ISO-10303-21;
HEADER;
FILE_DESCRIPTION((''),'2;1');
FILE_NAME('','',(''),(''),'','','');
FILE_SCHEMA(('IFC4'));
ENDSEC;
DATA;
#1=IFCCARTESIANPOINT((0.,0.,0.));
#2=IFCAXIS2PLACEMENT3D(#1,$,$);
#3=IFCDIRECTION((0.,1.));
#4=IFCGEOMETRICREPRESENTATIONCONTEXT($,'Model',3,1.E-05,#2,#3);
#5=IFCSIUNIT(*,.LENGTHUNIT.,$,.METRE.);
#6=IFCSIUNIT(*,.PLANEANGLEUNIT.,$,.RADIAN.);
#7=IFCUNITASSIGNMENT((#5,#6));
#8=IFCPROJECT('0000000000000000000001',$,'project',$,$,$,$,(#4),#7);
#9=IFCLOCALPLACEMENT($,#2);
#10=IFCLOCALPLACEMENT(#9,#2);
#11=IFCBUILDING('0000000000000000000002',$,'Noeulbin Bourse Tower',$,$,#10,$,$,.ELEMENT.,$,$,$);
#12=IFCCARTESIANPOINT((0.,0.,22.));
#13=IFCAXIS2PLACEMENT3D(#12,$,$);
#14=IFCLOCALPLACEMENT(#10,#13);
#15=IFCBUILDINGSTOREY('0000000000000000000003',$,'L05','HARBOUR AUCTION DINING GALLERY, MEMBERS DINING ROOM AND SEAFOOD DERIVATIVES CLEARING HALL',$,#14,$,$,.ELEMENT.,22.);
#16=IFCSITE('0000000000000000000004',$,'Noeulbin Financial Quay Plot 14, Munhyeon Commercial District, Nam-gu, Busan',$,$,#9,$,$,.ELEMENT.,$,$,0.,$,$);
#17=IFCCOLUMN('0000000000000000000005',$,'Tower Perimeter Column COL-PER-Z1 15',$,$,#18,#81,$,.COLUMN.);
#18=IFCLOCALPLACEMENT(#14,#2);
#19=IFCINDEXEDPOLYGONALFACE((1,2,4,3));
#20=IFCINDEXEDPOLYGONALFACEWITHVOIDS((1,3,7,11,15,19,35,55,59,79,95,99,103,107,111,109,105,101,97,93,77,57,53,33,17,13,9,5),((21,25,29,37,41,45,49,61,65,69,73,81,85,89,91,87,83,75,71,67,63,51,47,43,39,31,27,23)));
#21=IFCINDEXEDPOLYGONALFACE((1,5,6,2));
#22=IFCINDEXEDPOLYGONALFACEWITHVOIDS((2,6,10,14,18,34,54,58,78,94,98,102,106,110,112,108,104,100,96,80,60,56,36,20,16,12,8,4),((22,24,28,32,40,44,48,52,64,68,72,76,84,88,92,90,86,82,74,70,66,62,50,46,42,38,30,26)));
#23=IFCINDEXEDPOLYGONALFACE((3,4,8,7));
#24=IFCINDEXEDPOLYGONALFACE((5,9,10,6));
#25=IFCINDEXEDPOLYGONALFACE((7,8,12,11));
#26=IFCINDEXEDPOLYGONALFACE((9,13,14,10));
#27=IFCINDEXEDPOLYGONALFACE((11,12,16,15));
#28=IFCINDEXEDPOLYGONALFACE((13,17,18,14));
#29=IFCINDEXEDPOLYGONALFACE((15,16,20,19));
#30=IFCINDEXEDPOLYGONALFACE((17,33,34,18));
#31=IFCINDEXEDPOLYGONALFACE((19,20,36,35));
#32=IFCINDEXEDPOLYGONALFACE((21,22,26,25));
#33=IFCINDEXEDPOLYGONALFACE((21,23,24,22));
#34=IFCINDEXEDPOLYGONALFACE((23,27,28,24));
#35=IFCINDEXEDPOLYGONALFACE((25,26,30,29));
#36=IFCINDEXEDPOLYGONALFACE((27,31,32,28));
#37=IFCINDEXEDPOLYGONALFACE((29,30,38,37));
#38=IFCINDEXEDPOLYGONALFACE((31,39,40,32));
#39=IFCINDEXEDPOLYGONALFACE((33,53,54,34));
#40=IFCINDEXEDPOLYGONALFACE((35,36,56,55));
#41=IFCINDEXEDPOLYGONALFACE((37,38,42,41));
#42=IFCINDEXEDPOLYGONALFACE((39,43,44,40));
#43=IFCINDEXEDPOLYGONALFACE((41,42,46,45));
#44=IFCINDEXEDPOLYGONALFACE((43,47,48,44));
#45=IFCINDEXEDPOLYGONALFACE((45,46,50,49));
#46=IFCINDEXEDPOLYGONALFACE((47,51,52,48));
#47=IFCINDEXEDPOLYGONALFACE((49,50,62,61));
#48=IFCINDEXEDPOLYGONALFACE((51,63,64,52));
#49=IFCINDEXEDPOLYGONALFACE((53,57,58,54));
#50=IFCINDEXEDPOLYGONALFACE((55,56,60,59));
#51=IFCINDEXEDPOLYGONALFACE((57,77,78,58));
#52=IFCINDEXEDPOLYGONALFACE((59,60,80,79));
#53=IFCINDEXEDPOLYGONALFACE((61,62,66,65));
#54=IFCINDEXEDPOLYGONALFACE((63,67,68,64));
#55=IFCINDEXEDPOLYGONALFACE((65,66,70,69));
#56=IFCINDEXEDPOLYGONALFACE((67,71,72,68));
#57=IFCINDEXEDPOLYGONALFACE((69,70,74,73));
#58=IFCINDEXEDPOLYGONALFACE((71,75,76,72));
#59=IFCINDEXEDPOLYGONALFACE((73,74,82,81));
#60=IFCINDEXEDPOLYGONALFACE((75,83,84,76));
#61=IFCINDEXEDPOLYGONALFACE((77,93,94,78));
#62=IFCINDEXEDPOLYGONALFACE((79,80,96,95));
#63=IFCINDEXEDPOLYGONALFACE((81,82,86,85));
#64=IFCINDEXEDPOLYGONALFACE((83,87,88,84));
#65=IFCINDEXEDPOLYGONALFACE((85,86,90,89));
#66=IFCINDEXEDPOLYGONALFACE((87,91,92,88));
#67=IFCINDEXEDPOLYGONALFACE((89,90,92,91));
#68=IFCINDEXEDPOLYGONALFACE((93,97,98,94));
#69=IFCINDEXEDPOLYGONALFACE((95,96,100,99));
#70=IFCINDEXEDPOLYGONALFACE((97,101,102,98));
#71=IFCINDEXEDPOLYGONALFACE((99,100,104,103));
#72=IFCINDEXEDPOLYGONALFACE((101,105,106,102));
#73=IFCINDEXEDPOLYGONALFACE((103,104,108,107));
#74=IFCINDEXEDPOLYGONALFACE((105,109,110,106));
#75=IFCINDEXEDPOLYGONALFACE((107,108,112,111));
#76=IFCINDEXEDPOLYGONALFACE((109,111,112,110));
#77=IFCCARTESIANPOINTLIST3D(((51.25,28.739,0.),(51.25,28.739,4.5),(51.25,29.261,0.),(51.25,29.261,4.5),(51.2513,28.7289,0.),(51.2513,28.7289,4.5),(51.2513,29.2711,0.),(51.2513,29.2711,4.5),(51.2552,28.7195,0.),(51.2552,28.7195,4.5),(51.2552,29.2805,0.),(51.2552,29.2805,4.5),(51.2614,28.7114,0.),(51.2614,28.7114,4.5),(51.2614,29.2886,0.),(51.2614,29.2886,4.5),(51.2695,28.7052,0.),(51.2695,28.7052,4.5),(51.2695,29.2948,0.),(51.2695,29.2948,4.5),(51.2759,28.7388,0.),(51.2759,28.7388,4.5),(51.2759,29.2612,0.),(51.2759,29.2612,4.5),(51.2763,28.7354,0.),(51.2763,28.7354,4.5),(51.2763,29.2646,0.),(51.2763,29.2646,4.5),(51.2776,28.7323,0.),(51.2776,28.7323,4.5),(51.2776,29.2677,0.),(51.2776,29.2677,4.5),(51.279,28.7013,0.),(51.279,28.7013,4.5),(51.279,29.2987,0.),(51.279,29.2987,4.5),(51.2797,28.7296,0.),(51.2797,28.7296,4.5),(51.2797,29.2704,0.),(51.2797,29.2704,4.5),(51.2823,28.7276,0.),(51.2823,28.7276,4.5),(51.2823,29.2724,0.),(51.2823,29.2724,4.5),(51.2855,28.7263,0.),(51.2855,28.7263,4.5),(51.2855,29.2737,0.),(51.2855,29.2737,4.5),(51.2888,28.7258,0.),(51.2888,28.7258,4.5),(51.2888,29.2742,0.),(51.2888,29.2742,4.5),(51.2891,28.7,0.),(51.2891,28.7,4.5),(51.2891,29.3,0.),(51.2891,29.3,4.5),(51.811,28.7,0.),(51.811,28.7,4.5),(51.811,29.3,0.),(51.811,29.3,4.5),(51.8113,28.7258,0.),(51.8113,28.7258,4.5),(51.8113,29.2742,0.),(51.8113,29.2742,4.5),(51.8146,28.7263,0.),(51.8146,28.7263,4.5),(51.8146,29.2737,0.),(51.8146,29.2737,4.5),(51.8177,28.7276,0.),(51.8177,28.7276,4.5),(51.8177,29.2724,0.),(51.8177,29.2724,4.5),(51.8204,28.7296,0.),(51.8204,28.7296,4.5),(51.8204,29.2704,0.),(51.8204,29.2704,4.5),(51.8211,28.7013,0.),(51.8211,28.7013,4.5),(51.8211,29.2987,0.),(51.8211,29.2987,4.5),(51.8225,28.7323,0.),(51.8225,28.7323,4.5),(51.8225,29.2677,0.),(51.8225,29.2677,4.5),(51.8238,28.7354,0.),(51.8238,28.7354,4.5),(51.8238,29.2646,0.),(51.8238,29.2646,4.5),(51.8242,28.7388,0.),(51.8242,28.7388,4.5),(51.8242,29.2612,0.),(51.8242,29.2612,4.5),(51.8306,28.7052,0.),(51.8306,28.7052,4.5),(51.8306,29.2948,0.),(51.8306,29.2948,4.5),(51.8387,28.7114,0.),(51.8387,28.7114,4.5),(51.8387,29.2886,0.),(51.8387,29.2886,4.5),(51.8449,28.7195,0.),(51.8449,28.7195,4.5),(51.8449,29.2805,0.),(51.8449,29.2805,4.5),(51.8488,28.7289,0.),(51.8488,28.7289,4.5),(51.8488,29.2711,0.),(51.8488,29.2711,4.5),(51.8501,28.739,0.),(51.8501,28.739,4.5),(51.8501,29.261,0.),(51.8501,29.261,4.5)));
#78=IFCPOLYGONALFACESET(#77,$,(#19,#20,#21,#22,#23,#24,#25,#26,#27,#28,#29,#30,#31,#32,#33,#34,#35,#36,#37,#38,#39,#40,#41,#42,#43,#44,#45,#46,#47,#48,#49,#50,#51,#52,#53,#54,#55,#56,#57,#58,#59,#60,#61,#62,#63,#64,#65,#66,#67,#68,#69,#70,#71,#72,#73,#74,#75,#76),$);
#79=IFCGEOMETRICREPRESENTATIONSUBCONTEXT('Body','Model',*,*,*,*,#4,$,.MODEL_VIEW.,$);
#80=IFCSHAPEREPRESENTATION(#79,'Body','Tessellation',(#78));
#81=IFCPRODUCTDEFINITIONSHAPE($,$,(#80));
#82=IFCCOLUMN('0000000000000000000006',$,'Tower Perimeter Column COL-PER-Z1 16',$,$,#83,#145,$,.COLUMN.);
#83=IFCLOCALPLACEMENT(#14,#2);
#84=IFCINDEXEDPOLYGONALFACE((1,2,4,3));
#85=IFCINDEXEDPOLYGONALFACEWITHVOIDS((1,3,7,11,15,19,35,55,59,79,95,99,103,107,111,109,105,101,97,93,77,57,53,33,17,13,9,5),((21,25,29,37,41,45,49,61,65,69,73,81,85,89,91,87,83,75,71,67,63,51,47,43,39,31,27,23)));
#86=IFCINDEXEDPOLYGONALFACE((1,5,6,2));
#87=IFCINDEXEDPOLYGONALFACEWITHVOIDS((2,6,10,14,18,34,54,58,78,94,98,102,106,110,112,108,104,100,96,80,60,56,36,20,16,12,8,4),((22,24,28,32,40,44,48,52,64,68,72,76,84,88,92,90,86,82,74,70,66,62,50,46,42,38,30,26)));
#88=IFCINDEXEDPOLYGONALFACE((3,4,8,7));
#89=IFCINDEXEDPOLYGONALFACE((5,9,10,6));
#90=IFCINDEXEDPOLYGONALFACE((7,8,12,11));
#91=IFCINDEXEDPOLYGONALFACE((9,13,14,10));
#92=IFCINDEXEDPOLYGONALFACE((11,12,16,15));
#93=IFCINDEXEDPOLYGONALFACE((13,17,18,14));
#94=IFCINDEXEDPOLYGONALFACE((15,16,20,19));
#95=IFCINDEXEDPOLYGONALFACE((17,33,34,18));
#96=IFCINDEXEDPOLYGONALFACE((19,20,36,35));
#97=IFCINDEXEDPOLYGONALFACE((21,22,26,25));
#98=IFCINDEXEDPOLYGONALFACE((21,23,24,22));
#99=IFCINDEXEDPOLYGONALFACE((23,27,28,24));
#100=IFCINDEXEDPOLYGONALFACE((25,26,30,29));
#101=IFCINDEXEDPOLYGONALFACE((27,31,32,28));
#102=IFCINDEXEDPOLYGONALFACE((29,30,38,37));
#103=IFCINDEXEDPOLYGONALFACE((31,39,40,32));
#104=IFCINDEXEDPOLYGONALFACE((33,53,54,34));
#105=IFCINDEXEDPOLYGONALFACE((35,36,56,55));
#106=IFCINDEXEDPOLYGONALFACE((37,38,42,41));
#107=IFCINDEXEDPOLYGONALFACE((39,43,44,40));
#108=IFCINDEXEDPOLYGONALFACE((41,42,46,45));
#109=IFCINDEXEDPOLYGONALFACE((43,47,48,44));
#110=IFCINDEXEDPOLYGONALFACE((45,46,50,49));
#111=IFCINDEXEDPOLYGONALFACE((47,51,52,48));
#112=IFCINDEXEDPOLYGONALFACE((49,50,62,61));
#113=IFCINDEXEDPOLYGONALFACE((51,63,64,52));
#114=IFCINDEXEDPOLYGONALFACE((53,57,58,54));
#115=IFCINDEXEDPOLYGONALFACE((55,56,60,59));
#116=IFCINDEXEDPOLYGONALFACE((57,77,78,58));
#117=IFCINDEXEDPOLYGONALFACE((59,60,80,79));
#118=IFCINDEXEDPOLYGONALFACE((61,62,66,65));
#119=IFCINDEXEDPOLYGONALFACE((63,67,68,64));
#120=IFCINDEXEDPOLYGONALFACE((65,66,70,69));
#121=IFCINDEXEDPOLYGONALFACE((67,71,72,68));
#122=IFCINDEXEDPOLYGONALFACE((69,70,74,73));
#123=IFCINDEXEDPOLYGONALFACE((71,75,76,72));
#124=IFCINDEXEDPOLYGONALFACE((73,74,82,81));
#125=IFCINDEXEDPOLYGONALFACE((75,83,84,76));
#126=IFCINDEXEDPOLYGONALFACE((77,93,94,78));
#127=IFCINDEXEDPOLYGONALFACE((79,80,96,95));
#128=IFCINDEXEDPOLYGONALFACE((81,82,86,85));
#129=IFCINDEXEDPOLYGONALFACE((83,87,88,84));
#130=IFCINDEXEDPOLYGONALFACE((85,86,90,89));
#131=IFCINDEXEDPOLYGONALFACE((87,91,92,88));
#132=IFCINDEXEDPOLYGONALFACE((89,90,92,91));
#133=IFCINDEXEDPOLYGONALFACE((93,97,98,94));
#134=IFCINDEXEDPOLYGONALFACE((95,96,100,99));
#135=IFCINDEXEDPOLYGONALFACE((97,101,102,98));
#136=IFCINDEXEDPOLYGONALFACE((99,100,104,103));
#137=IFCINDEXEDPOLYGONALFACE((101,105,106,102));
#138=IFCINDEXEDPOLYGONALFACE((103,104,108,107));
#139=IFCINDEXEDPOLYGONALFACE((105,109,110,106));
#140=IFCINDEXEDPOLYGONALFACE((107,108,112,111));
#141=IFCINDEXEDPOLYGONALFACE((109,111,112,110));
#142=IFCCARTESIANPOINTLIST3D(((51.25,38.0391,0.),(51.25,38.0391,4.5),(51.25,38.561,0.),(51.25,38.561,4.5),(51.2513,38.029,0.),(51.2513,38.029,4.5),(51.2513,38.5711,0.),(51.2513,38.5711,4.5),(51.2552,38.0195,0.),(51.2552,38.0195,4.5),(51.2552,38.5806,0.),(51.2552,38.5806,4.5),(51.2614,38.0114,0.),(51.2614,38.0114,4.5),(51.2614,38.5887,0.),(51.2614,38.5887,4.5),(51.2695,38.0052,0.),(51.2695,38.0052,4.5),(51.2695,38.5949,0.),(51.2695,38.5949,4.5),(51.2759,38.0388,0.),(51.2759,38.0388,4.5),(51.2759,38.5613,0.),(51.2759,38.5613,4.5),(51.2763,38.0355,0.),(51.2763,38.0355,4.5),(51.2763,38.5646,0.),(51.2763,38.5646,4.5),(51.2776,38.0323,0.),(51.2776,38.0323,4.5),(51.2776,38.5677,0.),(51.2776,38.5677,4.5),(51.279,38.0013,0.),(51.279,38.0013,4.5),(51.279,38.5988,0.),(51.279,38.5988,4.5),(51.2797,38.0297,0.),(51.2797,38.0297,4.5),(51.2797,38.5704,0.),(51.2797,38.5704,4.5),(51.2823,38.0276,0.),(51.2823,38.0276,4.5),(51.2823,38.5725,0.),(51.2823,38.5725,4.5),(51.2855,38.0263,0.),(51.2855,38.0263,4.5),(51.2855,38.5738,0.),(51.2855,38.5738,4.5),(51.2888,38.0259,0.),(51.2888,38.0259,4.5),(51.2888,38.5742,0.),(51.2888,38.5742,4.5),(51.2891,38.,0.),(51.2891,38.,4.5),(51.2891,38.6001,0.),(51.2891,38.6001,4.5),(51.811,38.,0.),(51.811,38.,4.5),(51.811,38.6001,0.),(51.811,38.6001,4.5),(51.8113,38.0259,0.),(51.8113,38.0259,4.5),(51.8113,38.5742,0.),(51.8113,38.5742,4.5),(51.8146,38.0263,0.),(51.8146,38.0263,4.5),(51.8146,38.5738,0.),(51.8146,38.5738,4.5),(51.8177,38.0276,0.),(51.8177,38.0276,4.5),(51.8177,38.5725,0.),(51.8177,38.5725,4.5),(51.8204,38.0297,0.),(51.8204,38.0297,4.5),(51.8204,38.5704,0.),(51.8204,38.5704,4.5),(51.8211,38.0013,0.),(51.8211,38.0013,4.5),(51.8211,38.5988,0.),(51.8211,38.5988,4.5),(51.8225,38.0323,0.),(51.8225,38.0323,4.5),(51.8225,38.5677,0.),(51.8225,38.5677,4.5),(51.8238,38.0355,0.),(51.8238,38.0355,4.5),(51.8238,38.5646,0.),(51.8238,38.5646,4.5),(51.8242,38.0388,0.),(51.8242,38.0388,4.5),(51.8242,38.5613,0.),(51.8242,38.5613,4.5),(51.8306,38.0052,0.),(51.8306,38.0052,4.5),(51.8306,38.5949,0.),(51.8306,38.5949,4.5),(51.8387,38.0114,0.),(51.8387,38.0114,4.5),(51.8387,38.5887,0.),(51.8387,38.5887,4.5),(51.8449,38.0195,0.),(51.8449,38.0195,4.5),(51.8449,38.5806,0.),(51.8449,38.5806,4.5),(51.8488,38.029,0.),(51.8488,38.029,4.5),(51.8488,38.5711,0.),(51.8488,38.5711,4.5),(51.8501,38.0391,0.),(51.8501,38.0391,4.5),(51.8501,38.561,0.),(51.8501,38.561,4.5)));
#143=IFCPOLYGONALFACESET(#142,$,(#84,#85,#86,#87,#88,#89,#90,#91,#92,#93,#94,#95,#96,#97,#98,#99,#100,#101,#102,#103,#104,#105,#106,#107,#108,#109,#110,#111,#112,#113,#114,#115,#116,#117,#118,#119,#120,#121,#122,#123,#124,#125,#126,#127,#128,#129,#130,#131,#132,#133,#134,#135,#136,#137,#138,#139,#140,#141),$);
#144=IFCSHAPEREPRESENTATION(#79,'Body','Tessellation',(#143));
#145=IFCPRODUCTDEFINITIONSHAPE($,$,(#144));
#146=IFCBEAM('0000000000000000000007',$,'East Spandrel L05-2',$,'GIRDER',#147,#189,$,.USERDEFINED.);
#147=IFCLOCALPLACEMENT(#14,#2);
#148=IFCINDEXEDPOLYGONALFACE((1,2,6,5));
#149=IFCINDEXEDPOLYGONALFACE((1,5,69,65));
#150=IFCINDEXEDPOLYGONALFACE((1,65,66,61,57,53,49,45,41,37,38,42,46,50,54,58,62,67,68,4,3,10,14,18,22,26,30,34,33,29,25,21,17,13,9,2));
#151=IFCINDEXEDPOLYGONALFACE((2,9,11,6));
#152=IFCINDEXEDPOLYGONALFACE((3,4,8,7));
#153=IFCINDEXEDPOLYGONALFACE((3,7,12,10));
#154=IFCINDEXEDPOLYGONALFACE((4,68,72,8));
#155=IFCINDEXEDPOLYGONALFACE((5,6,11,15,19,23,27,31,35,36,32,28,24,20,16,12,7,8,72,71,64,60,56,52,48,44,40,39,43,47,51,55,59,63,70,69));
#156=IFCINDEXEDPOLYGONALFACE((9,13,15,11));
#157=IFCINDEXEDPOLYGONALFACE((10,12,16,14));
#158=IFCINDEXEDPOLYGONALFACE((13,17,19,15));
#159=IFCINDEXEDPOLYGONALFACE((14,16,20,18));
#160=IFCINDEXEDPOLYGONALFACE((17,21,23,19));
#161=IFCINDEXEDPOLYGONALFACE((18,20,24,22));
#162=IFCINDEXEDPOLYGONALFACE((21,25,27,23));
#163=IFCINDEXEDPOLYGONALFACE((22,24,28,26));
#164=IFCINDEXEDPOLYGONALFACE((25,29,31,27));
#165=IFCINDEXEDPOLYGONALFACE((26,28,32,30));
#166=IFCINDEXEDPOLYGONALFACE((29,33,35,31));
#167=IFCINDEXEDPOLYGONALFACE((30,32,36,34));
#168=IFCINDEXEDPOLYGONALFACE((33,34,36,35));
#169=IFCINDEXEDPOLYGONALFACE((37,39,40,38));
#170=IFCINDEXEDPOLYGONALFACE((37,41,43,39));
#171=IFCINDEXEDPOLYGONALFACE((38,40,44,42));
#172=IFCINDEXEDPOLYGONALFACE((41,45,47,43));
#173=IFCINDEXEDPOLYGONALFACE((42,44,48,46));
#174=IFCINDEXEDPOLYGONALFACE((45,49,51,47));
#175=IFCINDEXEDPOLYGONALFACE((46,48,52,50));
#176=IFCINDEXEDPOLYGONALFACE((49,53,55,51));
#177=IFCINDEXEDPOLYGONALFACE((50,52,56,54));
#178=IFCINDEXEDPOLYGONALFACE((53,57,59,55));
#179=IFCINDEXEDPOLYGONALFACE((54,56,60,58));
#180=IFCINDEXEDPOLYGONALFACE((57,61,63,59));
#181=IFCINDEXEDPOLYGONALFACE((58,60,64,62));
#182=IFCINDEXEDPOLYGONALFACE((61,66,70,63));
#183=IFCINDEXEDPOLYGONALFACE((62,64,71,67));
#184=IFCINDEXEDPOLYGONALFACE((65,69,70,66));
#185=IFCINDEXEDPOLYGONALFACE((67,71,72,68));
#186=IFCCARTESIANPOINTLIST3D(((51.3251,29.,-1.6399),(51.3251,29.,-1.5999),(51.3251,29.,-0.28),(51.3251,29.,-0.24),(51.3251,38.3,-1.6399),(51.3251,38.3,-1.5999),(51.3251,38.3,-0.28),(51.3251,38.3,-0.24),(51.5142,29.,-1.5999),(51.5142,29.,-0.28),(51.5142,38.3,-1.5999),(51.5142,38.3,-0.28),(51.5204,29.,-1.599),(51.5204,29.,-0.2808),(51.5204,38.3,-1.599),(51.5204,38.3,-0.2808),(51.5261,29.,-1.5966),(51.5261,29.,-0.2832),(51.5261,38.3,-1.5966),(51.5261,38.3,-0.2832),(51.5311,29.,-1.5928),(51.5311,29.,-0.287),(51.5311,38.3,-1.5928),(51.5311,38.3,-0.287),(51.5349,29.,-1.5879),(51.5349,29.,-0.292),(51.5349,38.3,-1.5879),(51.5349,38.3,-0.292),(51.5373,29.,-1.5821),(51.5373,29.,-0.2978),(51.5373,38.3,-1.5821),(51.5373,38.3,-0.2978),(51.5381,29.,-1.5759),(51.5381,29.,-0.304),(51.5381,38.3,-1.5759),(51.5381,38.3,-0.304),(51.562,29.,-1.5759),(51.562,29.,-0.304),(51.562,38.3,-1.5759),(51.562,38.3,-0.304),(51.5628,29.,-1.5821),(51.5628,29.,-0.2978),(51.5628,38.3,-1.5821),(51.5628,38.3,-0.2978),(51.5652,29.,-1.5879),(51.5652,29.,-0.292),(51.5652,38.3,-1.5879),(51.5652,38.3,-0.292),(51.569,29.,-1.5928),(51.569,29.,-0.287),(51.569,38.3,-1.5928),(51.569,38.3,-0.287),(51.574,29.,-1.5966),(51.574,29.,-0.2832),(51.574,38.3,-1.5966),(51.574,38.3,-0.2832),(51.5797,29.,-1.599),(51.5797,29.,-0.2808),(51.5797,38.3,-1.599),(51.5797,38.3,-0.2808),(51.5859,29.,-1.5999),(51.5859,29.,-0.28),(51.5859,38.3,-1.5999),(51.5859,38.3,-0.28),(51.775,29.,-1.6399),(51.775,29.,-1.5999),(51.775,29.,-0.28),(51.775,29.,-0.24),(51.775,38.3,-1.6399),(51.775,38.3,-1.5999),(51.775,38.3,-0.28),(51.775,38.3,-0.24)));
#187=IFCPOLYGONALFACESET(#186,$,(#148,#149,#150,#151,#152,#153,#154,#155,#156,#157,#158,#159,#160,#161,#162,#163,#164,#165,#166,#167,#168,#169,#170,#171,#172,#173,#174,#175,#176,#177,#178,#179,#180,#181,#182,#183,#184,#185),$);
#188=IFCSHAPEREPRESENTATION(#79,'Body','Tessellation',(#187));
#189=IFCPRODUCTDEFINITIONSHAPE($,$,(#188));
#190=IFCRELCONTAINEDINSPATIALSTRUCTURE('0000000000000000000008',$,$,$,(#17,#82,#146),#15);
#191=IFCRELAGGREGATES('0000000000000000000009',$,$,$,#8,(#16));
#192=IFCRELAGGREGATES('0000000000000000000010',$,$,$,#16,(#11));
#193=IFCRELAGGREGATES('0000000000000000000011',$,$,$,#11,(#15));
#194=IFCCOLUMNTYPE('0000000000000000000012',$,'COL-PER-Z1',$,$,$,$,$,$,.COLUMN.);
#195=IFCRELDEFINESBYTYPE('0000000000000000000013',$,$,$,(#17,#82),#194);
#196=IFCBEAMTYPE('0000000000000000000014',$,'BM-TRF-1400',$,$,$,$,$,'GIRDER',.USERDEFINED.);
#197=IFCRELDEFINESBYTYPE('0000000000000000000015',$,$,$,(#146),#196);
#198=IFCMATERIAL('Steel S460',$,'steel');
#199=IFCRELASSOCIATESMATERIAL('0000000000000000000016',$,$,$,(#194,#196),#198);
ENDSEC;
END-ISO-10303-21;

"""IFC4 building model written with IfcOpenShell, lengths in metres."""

from ifc_helpers import new_model, si_unit, direction, frame, origin, origin_2d, place, context, subcontext, project, spatial, hollow_rectangle, i_section, extrude, material, material_profile, profile_set, type_object, element, save


model = new_model("IFC4")

# Units and contexts
model_context = context("Model", 3, precision=1e-05, world=origin(), true_north=direction((0.0, 1.0)))
body_context = subcontext(model_context, "Body", "Model", "MODEL_VIEW")
ifc_project = project(units=[si_unit("LENGTHUNIT", "METRE"), si_unit("PLANEANGLEUNIT", "RADIAN")], contexts=[model_context])

# Site, building, storey
site_placement = place(None, origin())
site = spatial("IfcSite", under=ifc_project, at=site_placement, Name="Noeulbin Financial Quay Plot 14, Munhyeon Commercial District, Nam-gu, Busan", CompositionType="ELEMENT", RefElevation=0.0)
building_placement = place(site_placement, origin())
building = spatial("IfcBuilding", under=site, at=building_placement, Name="Noeulbin Bourse Tower", CompositionType="ELEMENT")
storey_placement = place(building_placement, frame((0.0, 0.0, 22.0)))
storey = spatial("IfcBuildingStorey", under=building, at=storey_placement, Name="L05", Description="HARBOUR AUCTION DINING GALLERY, MEMBERS DINING ROOM AND SEAFOOD DERIVATIVES CLEARING HALL", CompositionType="ELEMENT", Elevation=22.0)

# Columns
ifc_material_1 = material(Name="Steel S460", Category="steel")
ifc_material_profile_1 = material_profile(ifc_material_1, hollow_rectangle(XDim=0.6001, YDim=0.6001, WallThickness=0.0259, InnerFilletRadius=0.0129, OuterFilletRadius=0.0391, at=origin_2d()), Name="BOX-600x600x26", Category="LoadBearing")
ifc_profile_set_1 = profile_set([ifc_material_profile_1], Name="Steel S460")
column_type = type_object("IfcColumnType", Name="COL-PER-Z1", PredefinedType="COLUMN", material=ifc_profile_set_1)
for number, where, z_axis, x_axis, name in (
    (1, (51.55, 29.0, 0.0), (0.0, 0.0, 1.0), (1.0, 0.0, 0.0), "Tower Perimeter Column COL-PER-Z1 15"),
    (2, (51.55, 38.3, 0.0), (0.0, 0.0, 1.0), (1.0, 0.0, 0.0), "Tower Perimeter Column COL-PER-Z1 16"),
):
    element("IfcColumn", number, at=place(storey_placement, frame(where, z_axis=z_axis, x_axis=x_axis)), inside=storey, type_object=column_type, Name=name, PredefinedType="COLUMN", context=body_context, shape_type="SweptSolid", body=[
        extrude(hollow_rectangle(XDim=0.6001, YDim=0.6001, WallThickness=0.0259, InnerFilletRadius=0.0129, OuterFilletRadius=0.0391, at=origin_2d()), origin(), (0.0, 0.0, 1.0), 4.5),
    ])

# Beam
ifc_material_profile_2 = material_profile(ifc_material_1, i_section(OverallWidth=0.45, OverallDepth=1.3999, WebThickness=0.0239, FlangeThickness=0.04, FilletRadius=0.0239, at=origin_2d()), Name="PG-1400x450x24x40", Category="LoadBearing")
ifc_profile_set_2 = profile_set([ifc_material_profile_2], Name="Steel S460")
beam_type = type_object("IfcBeamType", Name="BM-TRF-1400", ElementType="GIRDER", PredefinedType="USERDEFINED", material=ifc_profile_set_2)
beam_placement = place(storey_placement, frame((51.55, 29.0, -0.9399), z_axis=(0.0, 1.0, 0.0), x_axis=(-1.0, 0.0, 0.0)))
element("IfcBeam", 3, at=beam_placement, inside=storey, type_object=beam_type, Name="East Spandrel L05-2", ObjectType="GIRDER", PredefinedType="USERDEFINED", context=body_context, shape_type="SweptSolid", body=[
    extrude(i_section(OverallWidth=0.45, OverallDepth=1.3999, WebThickness=0.0239, FlangeThickness=0.04, FilletRadius=0.0239, at=origin_2d()), origin(), (0.0, 0.0, 1.0), 9.3),
])

save(model, "model.ifc")
